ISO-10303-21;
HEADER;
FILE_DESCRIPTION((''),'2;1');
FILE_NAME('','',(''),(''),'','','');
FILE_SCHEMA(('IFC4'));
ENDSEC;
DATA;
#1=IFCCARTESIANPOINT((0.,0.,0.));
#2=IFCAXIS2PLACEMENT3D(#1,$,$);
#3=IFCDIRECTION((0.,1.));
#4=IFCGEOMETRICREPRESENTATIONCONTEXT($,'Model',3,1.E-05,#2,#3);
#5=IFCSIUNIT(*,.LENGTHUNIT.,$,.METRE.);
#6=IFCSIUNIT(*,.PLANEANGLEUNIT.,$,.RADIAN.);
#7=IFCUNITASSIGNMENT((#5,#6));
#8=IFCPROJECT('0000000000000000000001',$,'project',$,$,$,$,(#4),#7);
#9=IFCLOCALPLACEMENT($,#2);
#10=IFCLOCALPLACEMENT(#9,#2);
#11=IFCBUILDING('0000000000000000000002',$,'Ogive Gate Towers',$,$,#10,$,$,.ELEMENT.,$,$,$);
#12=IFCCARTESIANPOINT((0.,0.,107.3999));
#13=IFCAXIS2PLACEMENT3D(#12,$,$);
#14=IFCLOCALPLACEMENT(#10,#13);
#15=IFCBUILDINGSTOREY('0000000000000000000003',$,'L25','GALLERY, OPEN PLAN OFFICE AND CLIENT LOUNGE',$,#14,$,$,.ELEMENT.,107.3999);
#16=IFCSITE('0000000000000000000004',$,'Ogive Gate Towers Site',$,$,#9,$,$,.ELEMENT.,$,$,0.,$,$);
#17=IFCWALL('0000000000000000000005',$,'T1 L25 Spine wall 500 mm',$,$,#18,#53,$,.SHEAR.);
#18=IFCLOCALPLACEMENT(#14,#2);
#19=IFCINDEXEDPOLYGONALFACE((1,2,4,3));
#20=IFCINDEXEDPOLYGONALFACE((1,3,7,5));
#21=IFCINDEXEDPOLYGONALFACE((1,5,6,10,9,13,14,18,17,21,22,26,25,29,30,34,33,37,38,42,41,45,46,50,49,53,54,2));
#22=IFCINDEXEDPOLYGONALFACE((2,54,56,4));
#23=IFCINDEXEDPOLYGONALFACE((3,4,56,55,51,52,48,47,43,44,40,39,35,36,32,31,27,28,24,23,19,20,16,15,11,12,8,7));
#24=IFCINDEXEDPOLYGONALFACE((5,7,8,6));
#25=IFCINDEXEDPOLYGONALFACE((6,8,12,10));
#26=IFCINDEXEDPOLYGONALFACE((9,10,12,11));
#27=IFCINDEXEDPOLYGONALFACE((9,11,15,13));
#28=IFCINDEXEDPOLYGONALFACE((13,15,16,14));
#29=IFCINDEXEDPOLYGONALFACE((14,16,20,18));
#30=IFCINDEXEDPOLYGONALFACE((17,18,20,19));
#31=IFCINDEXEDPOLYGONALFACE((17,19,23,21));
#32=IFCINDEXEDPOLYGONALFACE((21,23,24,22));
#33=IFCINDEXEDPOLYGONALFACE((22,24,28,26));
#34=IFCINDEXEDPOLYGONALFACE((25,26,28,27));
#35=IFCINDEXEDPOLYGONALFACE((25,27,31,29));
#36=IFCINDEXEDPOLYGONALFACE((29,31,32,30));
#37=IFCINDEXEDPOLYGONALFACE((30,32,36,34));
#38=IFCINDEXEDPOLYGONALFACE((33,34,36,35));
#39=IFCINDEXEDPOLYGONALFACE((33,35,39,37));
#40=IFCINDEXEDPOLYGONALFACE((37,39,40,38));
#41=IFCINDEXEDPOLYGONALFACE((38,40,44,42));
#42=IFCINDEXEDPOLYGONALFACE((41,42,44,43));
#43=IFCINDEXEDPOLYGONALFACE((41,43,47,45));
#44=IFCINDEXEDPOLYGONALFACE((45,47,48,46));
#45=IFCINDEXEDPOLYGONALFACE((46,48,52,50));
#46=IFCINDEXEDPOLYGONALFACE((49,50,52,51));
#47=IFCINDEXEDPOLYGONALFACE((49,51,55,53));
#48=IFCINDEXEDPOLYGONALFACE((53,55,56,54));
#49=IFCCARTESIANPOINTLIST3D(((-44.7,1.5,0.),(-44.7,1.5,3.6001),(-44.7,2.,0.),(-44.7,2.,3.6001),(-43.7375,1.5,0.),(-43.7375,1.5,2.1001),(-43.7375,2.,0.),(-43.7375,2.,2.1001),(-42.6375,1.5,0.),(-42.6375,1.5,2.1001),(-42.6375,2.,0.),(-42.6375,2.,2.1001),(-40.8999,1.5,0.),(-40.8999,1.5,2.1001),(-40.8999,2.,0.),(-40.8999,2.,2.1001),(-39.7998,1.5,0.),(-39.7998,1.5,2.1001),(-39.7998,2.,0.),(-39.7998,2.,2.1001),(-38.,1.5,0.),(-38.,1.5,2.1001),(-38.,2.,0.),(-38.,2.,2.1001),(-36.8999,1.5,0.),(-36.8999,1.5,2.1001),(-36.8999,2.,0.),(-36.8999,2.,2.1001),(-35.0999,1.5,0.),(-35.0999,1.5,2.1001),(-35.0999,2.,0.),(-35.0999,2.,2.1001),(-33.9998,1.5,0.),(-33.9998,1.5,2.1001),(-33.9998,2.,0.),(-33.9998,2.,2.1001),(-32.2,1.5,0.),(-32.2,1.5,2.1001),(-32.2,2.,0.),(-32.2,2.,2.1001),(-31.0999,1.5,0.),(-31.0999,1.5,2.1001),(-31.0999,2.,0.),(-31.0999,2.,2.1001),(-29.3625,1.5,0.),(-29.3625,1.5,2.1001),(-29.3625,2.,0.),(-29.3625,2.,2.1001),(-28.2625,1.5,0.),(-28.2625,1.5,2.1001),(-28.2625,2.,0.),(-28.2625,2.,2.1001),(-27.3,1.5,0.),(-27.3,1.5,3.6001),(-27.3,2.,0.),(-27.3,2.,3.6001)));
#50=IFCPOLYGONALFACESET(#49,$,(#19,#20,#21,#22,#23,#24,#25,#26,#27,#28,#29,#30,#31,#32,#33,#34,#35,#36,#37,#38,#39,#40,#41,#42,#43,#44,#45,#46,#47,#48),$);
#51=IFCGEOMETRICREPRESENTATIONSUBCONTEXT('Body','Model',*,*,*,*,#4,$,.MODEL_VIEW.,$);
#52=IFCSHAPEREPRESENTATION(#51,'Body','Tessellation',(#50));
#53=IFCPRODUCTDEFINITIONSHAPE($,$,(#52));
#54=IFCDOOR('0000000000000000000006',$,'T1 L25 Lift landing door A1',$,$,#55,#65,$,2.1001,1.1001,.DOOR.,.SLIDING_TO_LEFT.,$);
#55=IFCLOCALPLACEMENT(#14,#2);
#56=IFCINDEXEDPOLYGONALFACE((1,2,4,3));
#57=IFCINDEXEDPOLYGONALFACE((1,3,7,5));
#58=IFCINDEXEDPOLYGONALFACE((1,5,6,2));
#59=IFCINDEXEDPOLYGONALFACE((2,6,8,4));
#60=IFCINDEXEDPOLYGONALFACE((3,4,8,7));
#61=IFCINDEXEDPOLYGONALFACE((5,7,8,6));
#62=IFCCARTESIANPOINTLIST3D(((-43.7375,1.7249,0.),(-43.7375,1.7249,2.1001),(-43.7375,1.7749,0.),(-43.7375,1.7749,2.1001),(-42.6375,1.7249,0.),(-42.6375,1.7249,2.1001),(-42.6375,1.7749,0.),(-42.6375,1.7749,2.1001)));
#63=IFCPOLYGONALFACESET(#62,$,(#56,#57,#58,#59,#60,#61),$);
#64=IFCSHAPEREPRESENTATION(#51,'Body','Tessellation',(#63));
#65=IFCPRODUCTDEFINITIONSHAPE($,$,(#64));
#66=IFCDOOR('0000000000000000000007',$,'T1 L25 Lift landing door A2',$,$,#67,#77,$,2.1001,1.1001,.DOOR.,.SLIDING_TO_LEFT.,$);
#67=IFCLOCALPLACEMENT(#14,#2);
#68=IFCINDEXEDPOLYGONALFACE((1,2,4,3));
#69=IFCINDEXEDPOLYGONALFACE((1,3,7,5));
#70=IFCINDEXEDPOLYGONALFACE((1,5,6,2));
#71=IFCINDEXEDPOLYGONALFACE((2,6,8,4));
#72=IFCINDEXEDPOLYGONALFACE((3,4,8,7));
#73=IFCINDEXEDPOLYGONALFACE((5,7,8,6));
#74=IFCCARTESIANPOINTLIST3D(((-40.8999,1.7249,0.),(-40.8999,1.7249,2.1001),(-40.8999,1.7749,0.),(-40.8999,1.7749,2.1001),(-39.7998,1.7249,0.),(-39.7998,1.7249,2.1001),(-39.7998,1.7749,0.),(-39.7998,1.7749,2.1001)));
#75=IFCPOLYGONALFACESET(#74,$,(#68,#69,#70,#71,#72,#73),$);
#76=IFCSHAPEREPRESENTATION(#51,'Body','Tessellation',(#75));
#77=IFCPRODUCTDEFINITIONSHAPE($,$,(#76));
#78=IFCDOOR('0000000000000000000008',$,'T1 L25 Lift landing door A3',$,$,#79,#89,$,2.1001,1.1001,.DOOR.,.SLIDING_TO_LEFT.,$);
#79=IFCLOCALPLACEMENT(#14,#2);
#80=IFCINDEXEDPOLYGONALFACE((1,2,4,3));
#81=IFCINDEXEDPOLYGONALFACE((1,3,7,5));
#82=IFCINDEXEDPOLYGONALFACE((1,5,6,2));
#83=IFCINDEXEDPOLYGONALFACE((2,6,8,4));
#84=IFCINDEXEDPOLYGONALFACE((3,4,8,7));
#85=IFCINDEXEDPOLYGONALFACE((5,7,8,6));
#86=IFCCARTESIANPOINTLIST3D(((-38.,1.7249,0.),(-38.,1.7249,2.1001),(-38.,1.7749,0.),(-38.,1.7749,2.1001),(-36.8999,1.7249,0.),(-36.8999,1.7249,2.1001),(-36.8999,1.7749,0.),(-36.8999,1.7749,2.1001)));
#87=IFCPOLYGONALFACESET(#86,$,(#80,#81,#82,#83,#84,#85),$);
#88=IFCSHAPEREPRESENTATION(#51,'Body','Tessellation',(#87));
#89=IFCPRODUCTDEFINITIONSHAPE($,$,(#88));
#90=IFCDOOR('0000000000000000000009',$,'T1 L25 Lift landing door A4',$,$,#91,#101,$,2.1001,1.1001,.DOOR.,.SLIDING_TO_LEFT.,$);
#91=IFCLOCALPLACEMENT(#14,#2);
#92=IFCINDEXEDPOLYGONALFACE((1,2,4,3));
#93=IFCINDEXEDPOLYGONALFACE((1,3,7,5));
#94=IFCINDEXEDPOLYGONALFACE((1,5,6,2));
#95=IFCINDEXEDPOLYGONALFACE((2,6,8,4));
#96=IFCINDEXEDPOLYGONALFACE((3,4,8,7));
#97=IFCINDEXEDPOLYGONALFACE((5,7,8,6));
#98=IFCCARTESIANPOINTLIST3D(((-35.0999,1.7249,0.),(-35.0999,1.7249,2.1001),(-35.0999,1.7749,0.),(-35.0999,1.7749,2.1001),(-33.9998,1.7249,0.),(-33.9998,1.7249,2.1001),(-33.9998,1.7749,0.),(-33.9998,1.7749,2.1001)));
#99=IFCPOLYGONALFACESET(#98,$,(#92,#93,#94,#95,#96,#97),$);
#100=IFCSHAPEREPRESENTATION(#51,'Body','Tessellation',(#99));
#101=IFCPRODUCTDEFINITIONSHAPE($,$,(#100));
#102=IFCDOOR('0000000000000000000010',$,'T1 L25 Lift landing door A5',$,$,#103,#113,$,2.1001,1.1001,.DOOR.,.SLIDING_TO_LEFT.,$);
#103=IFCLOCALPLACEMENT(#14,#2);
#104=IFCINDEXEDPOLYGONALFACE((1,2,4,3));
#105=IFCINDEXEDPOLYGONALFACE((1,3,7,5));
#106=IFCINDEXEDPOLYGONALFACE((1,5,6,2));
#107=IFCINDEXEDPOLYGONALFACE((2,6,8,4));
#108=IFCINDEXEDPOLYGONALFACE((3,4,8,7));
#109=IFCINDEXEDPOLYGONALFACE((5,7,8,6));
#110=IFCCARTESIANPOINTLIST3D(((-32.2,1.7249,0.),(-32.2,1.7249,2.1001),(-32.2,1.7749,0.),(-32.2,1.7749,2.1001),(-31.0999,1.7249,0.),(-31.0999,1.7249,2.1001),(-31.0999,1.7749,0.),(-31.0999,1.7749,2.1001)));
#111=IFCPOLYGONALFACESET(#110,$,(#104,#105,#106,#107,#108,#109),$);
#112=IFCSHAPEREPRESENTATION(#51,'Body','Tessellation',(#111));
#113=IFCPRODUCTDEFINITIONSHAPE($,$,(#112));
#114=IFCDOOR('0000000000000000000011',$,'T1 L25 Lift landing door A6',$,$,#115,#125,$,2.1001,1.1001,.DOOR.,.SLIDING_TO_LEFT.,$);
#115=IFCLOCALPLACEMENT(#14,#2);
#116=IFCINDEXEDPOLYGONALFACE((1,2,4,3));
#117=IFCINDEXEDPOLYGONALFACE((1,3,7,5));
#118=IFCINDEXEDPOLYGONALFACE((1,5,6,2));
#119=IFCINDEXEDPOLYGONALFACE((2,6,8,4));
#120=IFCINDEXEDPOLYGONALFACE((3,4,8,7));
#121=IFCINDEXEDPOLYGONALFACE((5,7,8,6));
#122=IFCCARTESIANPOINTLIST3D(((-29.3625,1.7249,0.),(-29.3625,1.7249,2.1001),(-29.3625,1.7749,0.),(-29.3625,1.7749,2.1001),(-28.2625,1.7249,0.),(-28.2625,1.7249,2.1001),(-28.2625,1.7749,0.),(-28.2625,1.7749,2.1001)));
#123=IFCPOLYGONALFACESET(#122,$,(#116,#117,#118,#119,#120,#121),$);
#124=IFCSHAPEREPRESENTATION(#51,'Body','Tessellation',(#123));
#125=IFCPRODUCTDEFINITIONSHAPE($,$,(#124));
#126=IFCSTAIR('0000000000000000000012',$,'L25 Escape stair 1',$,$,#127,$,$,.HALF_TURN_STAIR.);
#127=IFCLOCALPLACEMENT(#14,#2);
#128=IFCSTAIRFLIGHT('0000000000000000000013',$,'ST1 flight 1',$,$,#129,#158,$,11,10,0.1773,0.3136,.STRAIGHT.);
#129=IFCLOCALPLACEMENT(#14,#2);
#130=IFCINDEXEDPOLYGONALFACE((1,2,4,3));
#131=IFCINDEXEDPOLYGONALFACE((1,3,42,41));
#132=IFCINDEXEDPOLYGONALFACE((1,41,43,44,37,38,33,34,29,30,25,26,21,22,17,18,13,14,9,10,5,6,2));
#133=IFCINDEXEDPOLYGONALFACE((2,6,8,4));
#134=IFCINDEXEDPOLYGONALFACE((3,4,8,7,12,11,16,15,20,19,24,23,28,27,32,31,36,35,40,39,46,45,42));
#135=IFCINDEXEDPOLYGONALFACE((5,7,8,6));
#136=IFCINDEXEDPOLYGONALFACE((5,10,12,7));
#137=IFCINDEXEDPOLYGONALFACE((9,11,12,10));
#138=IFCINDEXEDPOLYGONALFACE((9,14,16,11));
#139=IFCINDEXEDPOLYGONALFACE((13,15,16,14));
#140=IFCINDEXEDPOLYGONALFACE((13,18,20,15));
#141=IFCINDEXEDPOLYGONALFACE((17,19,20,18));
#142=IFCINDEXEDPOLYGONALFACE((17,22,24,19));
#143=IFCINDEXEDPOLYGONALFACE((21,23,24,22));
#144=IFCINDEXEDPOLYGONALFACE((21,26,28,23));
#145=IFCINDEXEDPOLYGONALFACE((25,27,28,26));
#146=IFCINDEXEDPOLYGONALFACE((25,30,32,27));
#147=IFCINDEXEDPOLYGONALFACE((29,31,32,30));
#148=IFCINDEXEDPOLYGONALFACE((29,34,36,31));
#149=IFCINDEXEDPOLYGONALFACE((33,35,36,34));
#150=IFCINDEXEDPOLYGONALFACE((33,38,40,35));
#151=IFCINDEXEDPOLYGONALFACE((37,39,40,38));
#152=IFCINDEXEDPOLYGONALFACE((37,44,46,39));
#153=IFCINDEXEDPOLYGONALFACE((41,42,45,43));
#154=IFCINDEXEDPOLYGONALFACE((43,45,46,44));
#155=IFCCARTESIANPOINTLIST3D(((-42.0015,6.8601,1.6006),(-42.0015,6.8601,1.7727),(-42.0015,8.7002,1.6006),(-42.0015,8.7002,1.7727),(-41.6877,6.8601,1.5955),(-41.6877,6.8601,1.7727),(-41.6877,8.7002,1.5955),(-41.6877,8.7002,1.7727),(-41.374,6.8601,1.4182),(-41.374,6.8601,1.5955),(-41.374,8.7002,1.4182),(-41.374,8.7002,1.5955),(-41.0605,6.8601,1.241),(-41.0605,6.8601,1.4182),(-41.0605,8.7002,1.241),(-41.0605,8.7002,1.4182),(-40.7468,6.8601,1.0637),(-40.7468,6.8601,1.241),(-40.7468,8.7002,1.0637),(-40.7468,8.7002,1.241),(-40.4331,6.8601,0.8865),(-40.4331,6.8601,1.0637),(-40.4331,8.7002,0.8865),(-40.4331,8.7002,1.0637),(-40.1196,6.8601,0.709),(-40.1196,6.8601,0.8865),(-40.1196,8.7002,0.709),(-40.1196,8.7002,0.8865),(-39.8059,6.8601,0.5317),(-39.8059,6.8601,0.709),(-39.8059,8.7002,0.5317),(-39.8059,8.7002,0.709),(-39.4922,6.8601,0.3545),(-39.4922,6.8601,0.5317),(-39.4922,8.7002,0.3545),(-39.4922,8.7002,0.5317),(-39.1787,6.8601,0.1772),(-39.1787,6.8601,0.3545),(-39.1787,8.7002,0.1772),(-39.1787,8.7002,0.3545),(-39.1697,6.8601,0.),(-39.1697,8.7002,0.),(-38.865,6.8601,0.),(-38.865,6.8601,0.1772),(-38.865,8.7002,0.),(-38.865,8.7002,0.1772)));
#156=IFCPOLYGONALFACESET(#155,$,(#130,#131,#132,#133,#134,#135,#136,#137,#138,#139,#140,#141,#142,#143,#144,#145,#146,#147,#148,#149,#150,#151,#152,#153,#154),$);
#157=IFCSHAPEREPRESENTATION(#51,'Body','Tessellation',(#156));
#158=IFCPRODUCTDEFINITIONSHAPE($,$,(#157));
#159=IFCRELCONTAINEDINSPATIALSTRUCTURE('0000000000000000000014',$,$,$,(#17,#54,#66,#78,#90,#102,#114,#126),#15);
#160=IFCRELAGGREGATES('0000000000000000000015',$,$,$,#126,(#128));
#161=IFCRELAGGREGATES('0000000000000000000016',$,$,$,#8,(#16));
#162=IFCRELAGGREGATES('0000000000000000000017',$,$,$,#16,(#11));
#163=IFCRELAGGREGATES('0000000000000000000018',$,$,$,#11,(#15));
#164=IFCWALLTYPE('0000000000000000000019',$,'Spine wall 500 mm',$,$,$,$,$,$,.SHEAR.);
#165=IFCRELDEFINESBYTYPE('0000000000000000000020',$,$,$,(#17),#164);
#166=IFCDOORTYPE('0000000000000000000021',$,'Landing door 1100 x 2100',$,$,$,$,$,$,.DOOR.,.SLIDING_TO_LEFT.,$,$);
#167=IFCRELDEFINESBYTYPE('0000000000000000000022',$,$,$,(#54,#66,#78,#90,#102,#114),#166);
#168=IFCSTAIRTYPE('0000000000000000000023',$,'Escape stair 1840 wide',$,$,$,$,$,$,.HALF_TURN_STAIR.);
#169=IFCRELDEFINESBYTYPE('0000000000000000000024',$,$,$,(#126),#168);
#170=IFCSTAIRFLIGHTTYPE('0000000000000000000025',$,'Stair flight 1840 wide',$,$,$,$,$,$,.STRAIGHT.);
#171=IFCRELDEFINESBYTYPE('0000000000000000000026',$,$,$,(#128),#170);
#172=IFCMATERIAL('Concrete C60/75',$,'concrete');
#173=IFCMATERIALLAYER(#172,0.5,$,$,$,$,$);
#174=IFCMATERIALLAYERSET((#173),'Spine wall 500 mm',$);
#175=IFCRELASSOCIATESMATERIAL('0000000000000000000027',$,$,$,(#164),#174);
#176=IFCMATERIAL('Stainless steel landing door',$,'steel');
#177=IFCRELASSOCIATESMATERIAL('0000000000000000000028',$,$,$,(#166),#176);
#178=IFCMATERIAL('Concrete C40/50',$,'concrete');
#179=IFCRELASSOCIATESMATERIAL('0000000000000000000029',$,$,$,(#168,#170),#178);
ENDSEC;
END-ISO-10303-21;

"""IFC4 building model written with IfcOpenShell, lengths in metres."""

from ifc_helpers import new_model, si_unit, direction, frame, frame_2d, origin, place, context, subcontext, project, spatial, polyline, rectangle, outline, extrude, material, layer, layer_set, type_object, element, fill, aggregate, save


model = new_model("IFC4")

# Units and contexts
model_context = context("Model", 3, precision=1e-05, world=origin(), true_north=direction((0.0, 1.0)))
body_context = subcontext(model_context, "Body", "Model", "MODEL_VIEW")
ifc_project = project(units=[si_unit("LENGTHUNIT", "METRE"), si_unit("PLANEANGLEUNIT", "RADIAN")], contexts=[model_context])

# Site, building, storey
site_placement = place(None, origin())
site = spatial("IfcSite", under=ifc_project, at=site_placement, Name="Ogive Gate Towers Site", CompositionType="ELEMENT", RefElevation=0.0)
building_placement = place(site_placement, origin())
building = spatial("IfcBuilding", under=site, at=building_placement, Name="Ogive Gate Towers", CompositionType="ELEMENT")
storey_placement = place(building_placement, frame((0.0, 0.0, 107.3999)))
storey = spatial("IfcBuildingStorey", under=building, at=storey_placement, Name="L25", Description="GALLERY, OPEN PLAN OFFICE AND CLIENT LOUNGE", CompositionType="ELEMENT", Elevation=107.3999)

# Shared definitions
ifc_material_1 = material(Name="Concrete C60/75", Category="concrete")

# Shared definitions
ifc_material_2 = material(Name="Stainless steel landing door", Category="steel")

# Wall, openings, doors
ifc_layer_1 = layer(ifc_material_1, 0.5)
ifc_layer_set_1 = layer_set([ifc_layer_1], Name="Spine wall 500 mm")
wall_type_1 = type_object("IfcWallType", Name="Spine wall 500 mm", PredefinedType="SHEAR", material=ifc_layer_set_1)
wall_1_placement = place(storey_placement, frame((-44.7, 1.75, 0.0), z_axis=(0.0, 0.0, 1.0), x_axis=(1.0, 0.0, 0.0)))
wall_1 = element("IfcWall", 1, at=wall_1_placement, inside=storey, type_object=wall_type_1, Name="T1 L25 Spine wall 500 mm", PredefinedType="SHEAR", context=body_context, shape_type="SweptSolid", body=[
    extrude(rectangle(XDim=17.3999, YDim=0.5, at=frame_2d((8.7, 0.0))), origin(), (0.0, 0.0, 1.0), 3.6001),
])
opening_1_placement = place(wall_1_placement, frame((0.9624, 0.0, 0.0)))
opening_1 = element("IfcOpeningElement", 2, at=opening_1_placement, cuts=wall_1, PredefinedType="OPENING", context=body_context, shape_type="SweptSolid", body=[
    extrude(rectangle(XDim=1.1001, YDim=2.1001, at=frame_2d((0.55, 1.05))), frame((0.0, 0.26, 0.0), z_axis=(0.0, -1.0, 0.0), x_axis=(1.0, 0.0, 0.0)), (0.0, 0.0, 1.0), 0.52),
])
opening_2_placement = place(wall_1_placement, frame((3.8, 0.0, 0.0)))
opening_2 = element("IfcOpeningElement", 3, at=opening_2_placement, cuts=wall_1, PredefinedType="OPENING", context=body_context, shape_type="SweptSolid", body=[
    extrude(rectangle(XDim=1.1001, YDim=2.1001, at=frame_2d((0.55, 1.05))), frame((0.0, 0.26, 0.0), z_axis=(0.0, -1.0, 0.0), x_axis=(1.0, 0.0, 0.0)), (0.0, 0.0, 1.0), 0.52),
])
opening_3_placement = place(wall_1_placement, frame((6.7, 0.0, 0.0)))
opening_3 = element("IfcOpeningElement", 4, at=opening_3_placement, cuts=wall_1, PredefinedType="OPENING", context=body_context, shape_type="SweptSolid", body=[
    extrude(rectangle(XDim=1.1001, YDim=2.1001, at=frame_2d((0.55, 1.05))), frame((0.0, 0.26, 0.0), z_axis=(0.0, -1.0, 0.0), x_axis=(1.0, 0.0, 0.0)), (0.0, 0.0, 1.0), 0.52),
])
opening_4_placement = place(wall_1_placement, frame((9.6001, 0.0, 0.0)))
opening_4 = element("IfcOpeningElement", 5, at=opening_4_placement, cuts=wall_1, PredefinedType="OPENING", context=body_context, shape_type="SweptSolid", body=[
    extrude(rectangle(XDim=1.1001, YDim=2.1001, at=frame_2d((0.55, 1.05))), frame((0.0, 0.26, 0.0), z_axis=(0.0, -1.0, 0.0), x_axis=(1.0, 0.0, 0.0)), (0.0, 0.0, 1.0), 0.52),
])
opening_5_placement = place(wall_1_placement, frame((12.5, 0.0, 0.0)))
opening_5 = element("IfcOpeningElement", 6, at=opening_5_placement, cuts=wall_1, PredefinedType="OPENING", context=body_context, shape_type="SweptSolid", body=[
    extrude(rectangle(XDim=1.1001, YDim=2.1001, at=frame_2d((0.55, 1.05))), frame((0.0, 0.26, 0.0), z_axis=(0.0, -1.0, 0.0), x_axis=(1.0, 0.0, 0.0)), (0.0, 0.0, 1.0), 0.52),
])
opening_6_placement = place(wall_1_placement, frame((15.3374, 0.0, 0.0)))
opening_6 = element("IfcOpeningElement", 7, at=opening_6_placement, cuts=wall_1, PredefinedType="OPENING", context=body_context, shape_type="SweptSolid", body=[
    extrude(rectangle(XDim=1.1001, YDim=2.1001, at=frame_2d((0.55, 1.05))), frame((0.0, 0.26, 0.0), z_axis=(0.0, -1.0, 0.0), x_axis=(1.0, 0.0, 0.0)), (0.0, 0.0, 1.0), 0.52),
])
door_type_1 = type_object("IfcDoorType", Name="Landing door 1100 x 2100", OperationType="SLIDING_TO_LEFT", PredefinedType="DOOR", material=ifc_material_2)
door_1_placement = place(opening_1_placement, origin())
door_1 = element("IfcDoor", 8, at=door_1_placement, inside=storey, type_object=door_type_1, Name="T1 L25 Lift landing door A1", OperationType="SLIDING_TO_LEFT", OverallHeight=2.1001, OverallWidth=1.1001, PredefinedType="DOOR", context=body_context, shape_type="SweptSolid", body=[
    extrude(rectangle(XDim=1.1001, YDim=2.1001, at=frame_2d((0.55, 1.05))), frame((0.0, 0.0249, 0.0), z_axis=(0.0, -1.0, 0.0), x_axis=(1.0, 0.0, 0.0)), (0.0, 0.0, 1.0), 0.05),
])
fill(opening_1, door_1)
door_2_placement = place(opening_2_placement, origin())
door_2 = element("IfcDoor", 9, at=door_2_placement, inside=storey, type_object=door_type_1, Name="T1 L25 Lift landing door A2", OperationType="SLIDING_TO_LEFT", OverallHeight=2.1001, OverallWidth=1.1001, PredefinedType="DOOR", context=body_context, shape_type="SweptSolid", body=[
    extrude(rectangle(XDim=1.1001, YDim=2.1001, at=frame_2d((0.55, 1.05))), frame((0.0, 0.0249, 0.0), z_axis=(0.0, -1.0, 0.0), x_axis=(1.0, 0.0, 0.0)), (0.0, 0.0, 1.0), 0.05),
])
fill(opening_2, door_2)
door_3_placement = place(opening_3_placement, origin())
door_3 = element("IfcDoor", 10, at=door_3_placement, inside=storey, type_object=door_type_1, Name="T1 L25 Lift landing door A3", OperationType="SLIDING_TO_LEFT", OverallHeight=2.1001, OverallWidth=1.1001, PredefinedType="DOOR", context=body_context, shape_type="SweptSolid", body=[
    extrude(rectangle(XDim=1.1001, YDim=2.1001, at=frame_2d((0.55, 1.05))), frame((0.0, 0.0249, 0.0), z_axis=(0.0, -1.0, 0.0), x_axis=(1.0, 0.0, 0.0)), (0.0, 0.0, 1.0), 0.05),
])
fill(opening_3, door_3)
door_4_placement = place(opening_4_placement, origin())
door_4 = element("IfcDoor", 11, at=door_4_placement, inside=storey, type_object=door_type_1, Name="T1 L25 Lift landing door A4", OperationType="SLIDING_TO_LEFT", OverallHeight=2.1001, OverallWidth=1.1001, PredefinedType="DOOR", context=body_context, shape_type="SweptSolid", body=[
    extrude(rectangle(XDim=1.1001, YDim=2.1001, at=frame_2d((0.55, 1.05))), frame((0.0, 0.0249, 0.0), z_axis=(0.0, -1.0, 0.0), x_axis=(1.0, 0.0, 0.0)), (0.0, 0.0, 1.0), 0.05),
])
fill(opening_4, door_4)
door_5_placement = place(opening_5_placement, origin())
door_5 = element("IfcDoor", 12, at=door_5_placement, inside=storey, type_object=door_type_1, Name="T1 L25 Lift landing door A5", OperationType="SLIDING_TO_LEFT", OverallHeight=2.1001, OverallWidth=1.1001, PredefinedType="DOOR", context=body_context, shape_type="SweptSolid", body=[
    extrude(rectangle(XDim=1.1001, YDim=2.1001, at=frame_2d((0.55, 1.05))), frame((0.0, 0.0249, 0.0), z_axis=(0.0, -1.0, 0.0), x_axis=(1.0, 0.0, 0.0)), (0.0, 0.0, 1.0), 0.05),
])
fill(opening_5, door_5)
door_6_placement = place(opening_6_placement, origin())
door_6 = element("IfcDoor", 13, at=door_6_placement, inside=storey, type_object=door_type_1, Name="T1 L25 Lift landing door A6", OperationType="SLIDING_TO_LEFT", OverallHeight=2.1001, OverallWidth=1.1001, PredefinedType="DOOR", context=body_context, shape_type="SweptSolid", body=[
    extrude(rectangle(XDim=1.1001, YDim=2.1001, at=frame_2d((0.55, 1.05))), frame((0.0, 0.0249, 0.0), z_axis=(0.0, -1.0, 0.0), x_axis=(1.0, 0.0, 0.0)), (0.0, 0.0, 1.0), 0.05),
])
fill(opening_6, door_6)

# Stair, stair flight
ifc_material_3 = material(Name="Concrete C40/50", Category="concrete")
stair_type = type_object("IfcStairType", Name="Escape stair 1840 wide", PredefinedType="HALF_TURN_STAIR", material=ifc_material_3)
stair_placement = place(storey_placement, origin())
stair = element("IfcStair", 14, at=stair_placement, inside=storey, type_object=stair_type, Name="L25 Escape stair 1", PredefinedType="HALF_TURN_STAIR")
stair_flight_type = type_object("IfcStairFlightType", Name="Stair flight 1840 wide", PredefinedType="STRAIGHT", material=ifc_material_3)
stair_flight_1_placement = place(storey_placement, frame((-38.865, 7.78, 0.0), z_axis=(0.0, 0.0, 1.0), x_axis=(-1.0, 0.0, 0.0)))
stair_flight_1 = element("IfcStairFlight", 15, at=stair_flight_1_placement, type_object=stair_flight_type, Name="ST1 flight 1", NumberOfRisers=11, NumberOfTreads=10, PredefinedType="STRAIGHT", RiserHeight=0.1773, TreadLength=0.3136, context=body_context, shape_type="SweptSolid", body=[
    extrude(outline(polyline([(0.0, 0.0), (0.0, 0.1772), (0.3137, 0.1772), (0.3137, 0.3545), (0.6272, 0.3545), (0.6272, 0.5317), (0.9409, 0.5317), (0.9409, 0.709), (1.2546, 0.709), (1.2546, 0.8865), (1.5681, 0.8865), (1.5681, 1.0637), (1.8818, 1.0637), (1.8818, 1.241), (2.1956, 1.241), (2.1956, 1.4182), (2.509, 1.4182), (2.509, 1.5955), (2.8228, 1.5955), (2.8228, 1.7727), (3.1365, 1.7727), (3.1365, 1.95), (3.1365, 1.6006), (0.3047, 0.0), (0.0, 0.0)])), frame((0.0, 0.9199, 0.0), z_axis=(0.0, -1.0, 0.0), x_axis=(1.0, 0.0, 0.0)), (0.0, 0.0, 1.0), 1.8401),
])
aggregate(stair, [stair_flight_1])

save(model, "model.ifc")
